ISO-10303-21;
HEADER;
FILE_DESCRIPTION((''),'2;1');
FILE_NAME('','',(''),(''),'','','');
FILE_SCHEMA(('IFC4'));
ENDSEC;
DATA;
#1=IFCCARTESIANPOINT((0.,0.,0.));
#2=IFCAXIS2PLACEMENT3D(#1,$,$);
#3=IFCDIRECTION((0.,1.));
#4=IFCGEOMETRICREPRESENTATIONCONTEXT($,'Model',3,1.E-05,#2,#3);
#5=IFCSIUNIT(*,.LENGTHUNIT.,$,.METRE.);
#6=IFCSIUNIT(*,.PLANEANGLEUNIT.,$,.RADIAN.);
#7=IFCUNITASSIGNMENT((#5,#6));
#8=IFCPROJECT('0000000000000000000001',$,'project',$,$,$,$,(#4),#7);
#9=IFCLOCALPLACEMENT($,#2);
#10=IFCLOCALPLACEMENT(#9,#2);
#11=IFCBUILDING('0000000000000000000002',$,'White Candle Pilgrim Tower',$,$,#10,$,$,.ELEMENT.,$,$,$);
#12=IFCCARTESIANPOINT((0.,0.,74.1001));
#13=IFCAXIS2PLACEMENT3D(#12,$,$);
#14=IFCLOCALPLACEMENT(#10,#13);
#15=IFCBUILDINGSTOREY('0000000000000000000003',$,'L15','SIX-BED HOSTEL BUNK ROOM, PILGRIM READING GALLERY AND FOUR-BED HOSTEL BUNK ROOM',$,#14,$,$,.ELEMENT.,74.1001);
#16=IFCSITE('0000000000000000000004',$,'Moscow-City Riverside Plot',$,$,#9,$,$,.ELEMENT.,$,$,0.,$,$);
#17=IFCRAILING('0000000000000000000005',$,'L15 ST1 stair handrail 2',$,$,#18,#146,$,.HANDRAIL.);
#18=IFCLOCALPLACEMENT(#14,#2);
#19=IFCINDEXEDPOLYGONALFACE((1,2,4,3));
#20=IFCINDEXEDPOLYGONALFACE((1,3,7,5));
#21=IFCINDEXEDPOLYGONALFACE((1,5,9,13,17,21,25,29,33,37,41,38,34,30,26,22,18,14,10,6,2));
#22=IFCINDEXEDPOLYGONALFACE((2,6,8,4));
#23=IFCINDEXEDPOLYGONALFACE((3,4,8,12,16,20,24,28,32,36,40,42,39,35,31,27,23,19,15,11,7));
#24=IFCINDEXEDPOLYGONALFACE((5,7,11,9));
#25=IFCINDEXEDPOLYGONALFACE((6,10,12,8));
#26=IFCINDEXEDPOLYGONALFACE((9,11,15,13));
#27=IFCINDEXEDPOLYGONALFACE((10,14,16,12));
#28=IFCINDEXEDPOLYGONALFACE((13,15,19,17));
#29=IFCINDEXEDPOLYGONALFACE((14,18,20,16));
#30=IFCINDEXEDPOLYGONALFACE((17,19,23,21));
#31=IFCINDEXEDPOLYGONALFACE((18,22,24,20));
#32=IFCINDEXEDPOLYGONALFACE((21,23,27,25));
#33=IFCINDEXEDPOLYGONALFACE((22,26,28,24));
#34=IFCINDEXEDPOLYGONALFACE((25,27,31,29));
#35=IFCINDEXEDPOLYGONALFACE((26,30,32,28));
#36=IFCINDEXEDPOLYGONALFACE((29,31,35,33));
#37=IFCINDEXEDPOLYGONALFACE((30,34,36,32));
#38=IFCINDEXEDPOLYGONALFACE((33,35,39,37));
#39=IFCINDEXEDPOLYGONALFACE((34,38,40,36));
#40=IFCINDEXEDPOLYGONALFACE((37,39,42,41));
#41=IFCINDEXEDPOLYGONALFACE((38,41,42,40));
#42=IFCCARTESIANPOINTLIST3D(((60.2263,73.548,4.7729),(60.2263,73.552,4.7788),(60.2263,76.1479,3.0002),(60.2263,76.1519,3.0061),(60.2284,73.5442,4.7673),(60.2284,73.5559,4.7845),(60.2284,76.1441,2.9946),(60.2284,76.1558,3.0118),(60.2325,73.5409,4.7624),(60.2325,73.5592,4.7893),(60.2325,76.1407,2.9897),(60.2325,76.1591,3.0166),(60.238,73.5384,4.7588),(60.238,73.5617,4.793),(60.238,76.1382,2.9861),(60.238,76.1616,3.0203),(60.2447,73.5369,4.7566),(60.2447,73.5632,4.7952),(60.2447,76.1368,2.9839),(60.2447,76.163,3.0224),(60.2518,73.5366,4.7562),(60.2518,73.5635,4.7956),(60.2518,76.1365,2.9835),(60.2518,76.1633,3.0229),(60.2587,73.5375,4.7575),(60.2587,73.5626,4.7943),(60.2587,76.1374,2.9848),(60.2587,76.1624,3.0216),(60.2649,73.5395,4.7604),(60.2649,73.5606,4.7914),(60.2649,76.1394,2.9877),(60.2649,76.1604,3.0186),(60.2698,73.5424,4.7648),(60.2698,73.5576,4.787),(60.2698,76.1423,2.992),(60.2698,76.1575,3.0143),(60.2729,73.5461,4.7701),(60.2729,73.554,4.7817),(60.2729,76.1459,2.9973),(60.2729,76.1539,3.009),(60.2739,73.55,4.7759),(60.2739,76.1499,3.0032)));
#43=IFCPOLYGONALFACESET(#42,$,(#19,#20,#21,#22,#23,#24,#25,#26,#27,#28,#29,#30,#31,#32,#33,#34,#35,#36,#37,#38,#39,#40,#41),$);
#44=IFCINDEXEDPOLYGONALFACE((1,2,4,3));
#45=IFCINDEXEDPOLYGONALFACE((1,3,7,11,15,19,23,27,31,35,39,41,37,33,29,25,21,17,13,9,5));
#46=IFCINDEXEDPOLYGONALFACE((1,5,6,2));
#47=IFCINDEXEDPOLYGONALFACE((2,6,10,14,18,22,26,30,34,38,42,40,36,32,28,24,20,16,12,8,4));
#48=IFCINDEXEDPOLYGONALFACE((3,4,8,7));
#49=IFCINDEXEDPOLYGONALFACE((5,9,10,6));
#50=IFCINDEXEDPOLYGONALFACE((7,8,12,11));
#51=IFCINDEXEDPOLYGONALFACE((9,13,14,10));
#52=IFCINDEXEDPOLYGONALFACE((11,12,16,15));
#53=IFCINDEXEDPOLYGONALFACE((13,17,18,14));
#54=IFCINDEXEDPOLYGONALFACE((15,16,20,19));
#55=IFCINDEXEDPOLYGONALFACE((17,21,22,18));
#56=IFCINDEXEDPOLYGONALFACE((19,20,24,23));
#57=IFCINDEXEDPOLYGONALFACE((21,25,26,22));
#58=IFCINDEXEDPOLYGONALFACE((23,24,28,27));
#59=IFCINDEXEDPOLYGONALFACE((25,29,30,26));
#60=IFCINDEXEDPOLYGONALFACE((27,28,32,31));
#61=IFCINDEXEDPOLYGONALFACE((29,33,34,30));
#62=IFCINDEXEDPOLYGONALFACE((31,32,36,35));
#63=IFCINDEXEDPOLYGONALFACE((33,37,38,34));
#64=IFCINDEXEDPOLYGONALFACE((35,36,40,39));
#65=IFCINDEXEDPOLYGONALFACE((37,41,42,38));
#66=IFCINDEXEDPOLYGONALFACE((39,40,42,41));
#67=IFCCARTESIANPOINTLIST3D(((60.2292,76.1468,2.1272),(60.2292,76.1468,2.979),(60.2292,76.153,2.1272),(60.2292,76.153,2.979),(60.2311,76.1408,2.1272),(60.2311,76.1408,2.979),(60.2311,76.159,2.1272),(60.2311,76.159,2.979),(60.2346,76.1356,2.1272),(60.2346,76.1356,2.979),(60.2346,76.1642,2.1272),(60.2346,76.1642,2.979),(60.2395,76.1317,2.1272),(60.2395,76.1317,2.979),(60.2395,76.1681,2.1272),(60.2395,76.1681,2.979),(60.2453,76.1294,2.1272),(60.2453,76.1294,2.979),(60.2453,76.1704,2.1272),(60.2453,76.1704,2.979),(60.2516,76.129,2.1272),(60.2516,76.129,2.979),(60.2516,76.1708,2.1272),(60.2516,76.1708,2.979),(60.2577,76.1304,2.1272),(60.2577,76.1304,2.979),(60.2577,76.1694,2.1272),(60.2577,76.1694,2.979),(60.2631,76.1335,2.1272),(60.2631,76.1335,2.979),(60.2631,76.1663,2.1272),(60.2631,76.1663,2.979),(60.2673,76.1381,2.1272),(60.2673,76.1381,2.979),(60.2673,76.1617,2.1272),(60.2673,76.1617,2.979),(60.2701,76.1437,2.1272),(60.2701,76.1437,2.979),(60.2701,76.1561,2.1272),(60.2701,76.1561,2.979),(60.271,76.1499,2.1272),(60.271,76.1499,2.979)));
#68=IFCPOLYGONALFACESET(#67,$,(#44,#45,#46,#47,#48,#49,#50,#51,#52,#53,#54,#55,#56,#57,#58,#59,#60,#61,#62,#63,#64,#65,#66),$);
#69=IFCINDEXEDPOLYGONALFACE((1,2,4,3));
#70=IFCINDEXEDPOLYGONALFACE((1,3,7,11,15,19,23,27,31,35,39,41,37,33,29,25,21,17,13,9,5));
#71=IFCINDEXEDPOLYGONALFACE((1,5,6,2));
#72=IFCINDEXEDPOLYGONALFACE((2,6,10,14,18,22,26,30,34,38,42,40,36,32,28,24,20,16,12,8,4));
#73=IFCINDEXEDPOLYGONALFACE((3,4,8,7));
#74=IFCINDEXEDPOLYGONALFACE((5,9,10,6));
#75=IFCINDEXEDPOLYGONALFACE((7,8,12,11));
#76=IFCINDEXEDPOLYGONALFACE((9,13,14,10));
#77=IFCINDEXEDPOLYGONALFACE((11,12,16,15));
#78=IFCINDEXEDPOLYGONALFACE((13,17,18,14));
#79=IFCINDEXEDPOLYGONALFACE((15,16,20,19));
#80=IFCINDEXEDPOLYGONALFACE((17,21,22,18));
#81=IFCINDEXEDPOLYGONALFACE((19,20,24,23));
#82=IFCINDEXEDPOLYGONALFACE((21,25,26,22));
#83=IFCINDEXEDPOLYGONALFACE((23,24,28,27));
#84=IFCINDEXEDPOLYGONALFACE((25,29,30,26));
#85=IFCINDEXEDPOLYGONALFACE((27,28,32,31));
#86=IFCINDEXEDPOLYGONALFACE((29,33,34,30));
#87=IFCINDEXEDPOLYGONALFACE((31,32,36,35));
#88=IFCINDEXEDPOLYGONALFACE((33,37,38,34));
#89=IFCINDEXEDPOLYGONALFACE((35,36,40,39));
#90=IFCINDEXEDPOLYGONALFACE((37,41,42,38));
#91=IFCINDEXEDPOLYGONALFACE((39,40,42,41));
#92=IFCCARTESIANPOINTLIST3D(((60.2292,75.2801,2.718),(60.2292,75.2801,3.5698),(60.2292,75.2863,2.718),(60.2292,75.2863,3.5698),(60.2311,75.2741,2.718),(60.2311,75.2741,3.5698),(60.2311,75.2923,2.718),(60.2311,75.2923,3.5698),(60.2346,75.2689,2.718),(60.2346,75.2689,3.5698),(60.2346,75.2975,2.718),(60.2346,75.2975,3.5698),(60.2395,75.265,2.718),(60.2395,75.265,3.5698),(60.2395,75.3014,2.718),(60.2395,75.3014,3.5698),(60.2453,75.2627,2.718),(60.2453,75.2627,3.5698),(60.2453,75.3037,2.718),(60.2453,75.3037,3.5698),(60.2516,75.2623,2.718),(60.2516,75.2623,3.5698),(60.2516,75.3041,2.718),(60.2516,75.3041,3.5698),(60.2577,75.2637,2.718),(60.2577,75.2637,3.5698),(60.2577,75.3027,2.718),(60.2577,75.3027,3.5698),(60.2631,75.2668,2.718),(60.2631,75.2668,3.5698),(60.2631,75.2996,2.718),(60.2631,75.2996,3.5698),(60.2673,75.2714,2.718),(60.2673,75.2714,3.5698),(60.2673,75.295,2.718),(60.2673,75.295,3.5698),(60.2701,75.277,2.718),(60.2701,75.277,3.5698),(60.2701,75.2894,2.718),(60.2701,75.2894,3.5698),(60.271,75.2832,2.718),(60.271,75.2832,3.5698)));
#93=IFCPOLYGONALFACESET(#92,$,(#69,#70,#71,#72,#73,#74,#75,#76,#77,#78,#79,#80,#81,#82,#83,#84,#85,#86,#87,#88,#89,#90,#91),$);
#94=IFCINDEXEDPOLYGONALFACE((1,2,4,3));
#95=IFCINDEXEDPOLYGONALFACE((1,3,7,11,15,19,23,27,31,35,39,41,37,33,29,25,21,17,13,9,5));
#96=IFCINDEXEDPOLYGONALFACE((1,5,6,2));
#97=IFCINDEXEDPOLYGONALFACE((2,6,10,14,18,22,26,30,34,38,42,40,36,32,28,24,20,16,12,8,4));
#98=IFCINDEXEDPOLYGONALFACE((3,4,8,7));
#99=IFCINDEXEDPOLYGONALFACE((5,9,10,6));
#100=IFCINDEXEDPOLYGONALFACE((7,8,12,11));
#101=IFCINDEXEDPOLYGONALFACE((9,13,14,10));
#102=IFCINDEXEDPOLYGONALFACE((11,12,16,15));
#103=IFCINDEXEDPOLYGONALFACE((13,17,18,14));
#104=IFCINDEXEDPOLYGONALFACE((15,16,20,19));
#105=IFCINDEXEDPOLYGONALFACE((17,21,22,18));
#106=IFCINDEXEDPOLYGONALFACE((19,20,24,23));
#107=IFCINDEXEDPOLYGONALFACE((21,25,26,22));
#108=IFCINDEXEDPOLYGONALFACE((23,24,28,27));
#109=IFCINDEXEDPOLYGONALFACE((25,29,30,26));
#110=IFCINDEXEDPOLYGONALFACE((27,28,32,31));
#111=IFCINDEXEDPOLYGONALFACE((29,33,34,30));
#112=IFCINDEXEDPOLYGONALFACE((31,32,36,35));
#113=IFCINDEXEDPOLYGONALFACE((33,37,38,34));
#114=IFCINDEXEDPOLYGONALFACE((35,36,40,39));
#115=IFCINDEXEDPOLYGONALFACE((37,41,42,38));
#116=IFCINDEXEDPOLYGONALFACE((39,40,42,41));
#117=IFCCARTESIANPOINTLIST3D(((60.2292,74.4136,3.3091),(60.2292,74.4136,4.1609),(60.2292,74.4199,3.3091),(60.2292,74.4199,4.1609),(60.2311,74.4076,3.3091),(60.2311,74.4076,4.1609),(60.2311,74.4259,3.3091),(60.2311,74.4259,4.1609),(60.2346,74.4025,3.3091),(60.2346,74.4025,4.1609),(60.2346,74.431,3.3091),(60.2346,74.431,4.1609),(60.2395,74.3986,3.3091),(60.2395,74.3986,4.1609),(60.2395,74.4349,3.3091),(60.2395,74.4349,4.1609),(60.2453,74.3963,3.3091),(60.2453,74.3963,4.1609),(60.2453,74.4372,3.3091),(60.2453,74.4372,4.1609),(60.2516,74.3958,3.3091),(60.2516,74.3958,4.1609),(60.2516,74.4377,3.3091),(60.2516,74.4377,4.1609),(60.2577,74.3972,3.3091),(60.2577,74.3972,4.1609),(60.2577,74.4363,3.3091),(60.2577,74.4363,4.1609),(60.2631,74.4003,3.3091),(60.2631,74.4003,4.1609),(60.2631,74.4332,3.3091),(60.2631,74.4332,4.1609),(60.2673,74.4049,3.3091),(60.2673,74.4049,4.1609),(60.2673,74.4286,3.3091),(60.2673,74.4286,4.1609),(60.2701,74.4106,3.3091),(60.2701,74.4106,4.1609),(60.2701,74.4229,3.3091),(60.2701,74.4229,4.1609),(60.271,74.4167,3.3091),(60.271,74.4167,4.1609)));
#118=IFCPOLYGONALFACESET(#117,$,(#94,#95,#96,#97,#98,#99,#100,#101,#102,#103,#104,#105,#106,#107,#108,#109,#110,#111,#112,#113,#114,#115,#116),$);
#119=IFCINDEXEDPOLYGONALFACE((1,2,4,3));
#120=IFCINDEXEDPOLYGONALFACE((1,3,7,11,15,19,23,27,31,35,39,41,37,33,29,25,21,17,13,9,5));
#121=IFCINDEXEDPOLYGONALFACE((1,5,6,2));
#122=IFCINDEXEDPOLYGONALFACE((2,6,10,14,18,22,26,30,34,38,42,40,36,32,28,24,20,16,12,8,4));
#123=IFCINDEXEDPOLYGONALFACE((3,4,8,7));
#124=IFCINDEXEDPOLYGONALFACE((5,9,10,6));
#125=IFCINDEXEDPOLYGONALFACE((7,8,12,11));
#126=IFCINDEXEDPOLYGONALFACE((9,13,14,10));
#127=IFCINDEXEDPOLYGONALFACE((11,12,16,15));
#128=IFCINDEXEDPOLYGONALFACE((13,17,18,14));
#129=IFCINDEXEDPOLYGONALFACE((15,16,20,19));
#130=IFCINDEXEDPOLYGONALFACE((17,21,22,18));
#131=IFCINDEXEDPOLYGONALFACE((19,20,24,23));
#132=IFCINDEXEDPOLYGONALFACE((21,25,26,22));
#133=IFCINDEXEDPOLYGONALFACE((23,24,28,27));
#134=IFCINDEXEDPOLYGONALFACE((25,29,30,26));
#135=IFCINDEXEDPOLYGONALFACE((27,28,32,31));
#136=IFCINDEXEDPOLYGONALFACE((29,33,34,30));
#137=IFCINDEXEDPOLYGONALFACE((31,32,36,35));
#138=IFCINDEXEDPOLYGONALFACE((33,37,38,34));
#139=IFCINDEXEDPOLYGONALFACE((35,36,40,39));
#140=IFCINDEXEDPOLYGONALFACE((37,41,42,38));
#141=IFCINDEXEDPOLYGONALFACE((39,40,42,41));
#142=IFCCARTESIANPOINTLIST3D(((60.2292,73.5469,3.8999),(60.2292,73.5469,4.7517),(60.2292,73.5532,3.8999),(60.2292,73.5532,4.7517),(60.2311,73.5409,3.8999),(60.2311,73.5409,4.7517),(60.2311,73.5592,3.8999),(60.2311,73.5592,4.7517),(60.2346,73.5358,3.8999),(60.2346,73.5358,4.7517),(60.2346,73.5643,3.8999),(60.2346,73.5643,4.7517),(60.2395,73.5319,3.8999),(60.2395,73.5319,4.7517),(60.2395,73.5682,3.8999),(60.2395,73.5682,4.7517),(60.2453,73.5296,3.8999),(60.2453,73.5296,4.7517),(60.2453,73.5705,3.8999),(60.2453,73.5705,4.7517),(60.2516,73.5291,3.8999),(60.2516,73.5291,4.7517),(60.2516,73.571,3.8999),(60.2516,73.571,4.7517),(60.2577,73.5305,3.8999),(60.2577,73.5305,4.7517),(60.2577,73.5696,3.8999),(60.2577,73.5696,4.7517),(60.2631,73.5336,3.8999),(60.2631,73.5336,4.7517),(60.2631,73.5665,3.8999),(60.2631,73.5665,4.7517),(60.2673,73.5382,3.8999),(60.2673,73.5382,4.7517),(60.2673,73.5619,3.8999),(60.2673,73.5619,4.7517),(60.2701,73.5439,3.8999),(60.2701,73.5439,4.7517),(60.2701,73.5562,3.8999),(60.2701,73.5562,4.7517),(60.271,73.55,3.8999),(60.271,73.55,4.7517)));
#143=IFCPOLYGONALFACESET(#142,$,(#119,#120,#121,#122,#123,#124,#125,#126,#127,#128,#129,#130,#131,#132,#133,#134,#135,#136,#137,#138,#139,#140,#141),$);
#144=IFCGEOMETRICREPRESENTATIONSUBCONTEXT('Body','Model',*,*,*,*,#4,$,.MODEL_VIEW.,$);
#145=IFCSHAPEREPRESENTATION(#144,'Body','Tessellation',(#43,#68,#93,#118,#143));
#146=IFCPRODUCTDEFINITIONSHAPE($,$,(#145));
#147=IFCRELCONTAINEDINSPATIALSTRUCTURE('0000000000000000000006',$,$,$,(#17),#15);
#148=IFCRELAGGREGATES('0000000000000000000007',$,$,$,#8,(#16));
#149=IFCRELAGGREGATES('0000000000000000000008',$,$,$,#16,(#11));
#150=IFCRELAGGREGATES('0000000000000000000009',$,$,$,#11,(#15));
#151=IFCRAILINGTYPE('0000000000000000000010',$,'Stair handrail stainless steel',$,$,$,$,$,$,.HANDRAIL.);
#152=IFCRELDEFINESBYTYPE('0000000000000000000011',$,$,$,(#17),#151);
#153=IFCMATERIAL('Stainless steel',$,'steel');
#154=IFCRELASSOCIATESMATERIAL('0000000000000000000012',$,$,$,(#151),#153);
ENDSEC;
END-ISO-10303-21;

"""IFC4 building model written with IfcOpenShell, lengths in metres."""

from ifc_helpers import new_model, si_unit, direction, frame, origin, origin_2d, place, context, subcontext, project, spatial, circle, extrude, material, type_object, element, save


model = new_model("IFC4")

# Units and contexts
model_context = context("Model", 3, precision=1e-05, world=origin(), true_north=direction((0.0, 1.0)))
body_context = subcontext(model_context, "Body", "Model", "MODEL_VIEW")
ifc_project = project(units=[si_unit("LENGTHUNIT", "METRE"), si_unit("PLANEANGLEUNIT", "RADIAN")], contexts=[model_context])

# Site, building, storey
site_placement = place(None, origin())
site = spatial("IfcSite", under=ifc_project, at=site_placement, Name="Moscow-City Riverside Plot", CompositionType="ELEMENT", RefElevation=0.0)
building_placement = place(site_placement, origin())
building = spatial("IfcBuilding", under=site, at=building_placement, Name="White Candle Pilgrim Tower", CompositionType="ELEMENT")
storey_placement = place(building_placement, frame((0.0, 0.0, 74.1001)))
storey = spatial("IfcBuildingStorey", under=building, at=storey_placement, Name="L15", Description="SIX-BED HOSTEL BUNK ROOM, PILGRIM READING GALLERY AND FOUR-BED HOSTEL BUNK ROOM", CompositionType="ELEMENT", Elevation=74.1001)

# Railing
ifc_material_1 = material(Name="Stainless steel", Category="steel")
railing_type_1 = type_object("IfcRailingType", Name="Stair handrail stainless steel", PredefinedType="HANDRAIL", material=ifc_material_1)
railing_1_placement = place(storey_placement, frame((60.25, 76.1499, 2.1272)))
element("IfcRailing", 1, at=railing_1_placement, inside=storey, type_object=railing_type_1, Name="L15 ST1 stair handrail 2", PredefinedType="HANDRAIL", context=body_context, shape_type="SweptSolid", body=[
    extrude(circle(Radius=0.0239, at=origin_2d()), frame((0.0, 0.0, 0.876), z_axis=(0.0, -0.826216, 0.563354), x_axis=(1.0, 0.0, 0.0)), (0.0, 0.0, 1.0), 3.1467),
    extrude(circle(Radius=0.021, at=origin_2d()), origin(), (0.0, 0.0, 1.0), 0.8518),
    extrude(circle(Radius=0.021, at=origin_2d()), frame((0.0, -0.8667, 0.5908)), (0.0, 0.0, 1.0), 0.8518),
    extrude(circle(Radius=0.021, at=origin_2d()), frame((0.0, -1.7332, 1.1819)), (0.0, 0.0, 1.0), 0.8518),
    extrude(circle(Radius=0.021, at=origin_2d()), frame((0.0, -2.5999, 1.7727)), (0.0, 0.0, 1.0), 0.8518),
])

save(model, "model.ifc")
